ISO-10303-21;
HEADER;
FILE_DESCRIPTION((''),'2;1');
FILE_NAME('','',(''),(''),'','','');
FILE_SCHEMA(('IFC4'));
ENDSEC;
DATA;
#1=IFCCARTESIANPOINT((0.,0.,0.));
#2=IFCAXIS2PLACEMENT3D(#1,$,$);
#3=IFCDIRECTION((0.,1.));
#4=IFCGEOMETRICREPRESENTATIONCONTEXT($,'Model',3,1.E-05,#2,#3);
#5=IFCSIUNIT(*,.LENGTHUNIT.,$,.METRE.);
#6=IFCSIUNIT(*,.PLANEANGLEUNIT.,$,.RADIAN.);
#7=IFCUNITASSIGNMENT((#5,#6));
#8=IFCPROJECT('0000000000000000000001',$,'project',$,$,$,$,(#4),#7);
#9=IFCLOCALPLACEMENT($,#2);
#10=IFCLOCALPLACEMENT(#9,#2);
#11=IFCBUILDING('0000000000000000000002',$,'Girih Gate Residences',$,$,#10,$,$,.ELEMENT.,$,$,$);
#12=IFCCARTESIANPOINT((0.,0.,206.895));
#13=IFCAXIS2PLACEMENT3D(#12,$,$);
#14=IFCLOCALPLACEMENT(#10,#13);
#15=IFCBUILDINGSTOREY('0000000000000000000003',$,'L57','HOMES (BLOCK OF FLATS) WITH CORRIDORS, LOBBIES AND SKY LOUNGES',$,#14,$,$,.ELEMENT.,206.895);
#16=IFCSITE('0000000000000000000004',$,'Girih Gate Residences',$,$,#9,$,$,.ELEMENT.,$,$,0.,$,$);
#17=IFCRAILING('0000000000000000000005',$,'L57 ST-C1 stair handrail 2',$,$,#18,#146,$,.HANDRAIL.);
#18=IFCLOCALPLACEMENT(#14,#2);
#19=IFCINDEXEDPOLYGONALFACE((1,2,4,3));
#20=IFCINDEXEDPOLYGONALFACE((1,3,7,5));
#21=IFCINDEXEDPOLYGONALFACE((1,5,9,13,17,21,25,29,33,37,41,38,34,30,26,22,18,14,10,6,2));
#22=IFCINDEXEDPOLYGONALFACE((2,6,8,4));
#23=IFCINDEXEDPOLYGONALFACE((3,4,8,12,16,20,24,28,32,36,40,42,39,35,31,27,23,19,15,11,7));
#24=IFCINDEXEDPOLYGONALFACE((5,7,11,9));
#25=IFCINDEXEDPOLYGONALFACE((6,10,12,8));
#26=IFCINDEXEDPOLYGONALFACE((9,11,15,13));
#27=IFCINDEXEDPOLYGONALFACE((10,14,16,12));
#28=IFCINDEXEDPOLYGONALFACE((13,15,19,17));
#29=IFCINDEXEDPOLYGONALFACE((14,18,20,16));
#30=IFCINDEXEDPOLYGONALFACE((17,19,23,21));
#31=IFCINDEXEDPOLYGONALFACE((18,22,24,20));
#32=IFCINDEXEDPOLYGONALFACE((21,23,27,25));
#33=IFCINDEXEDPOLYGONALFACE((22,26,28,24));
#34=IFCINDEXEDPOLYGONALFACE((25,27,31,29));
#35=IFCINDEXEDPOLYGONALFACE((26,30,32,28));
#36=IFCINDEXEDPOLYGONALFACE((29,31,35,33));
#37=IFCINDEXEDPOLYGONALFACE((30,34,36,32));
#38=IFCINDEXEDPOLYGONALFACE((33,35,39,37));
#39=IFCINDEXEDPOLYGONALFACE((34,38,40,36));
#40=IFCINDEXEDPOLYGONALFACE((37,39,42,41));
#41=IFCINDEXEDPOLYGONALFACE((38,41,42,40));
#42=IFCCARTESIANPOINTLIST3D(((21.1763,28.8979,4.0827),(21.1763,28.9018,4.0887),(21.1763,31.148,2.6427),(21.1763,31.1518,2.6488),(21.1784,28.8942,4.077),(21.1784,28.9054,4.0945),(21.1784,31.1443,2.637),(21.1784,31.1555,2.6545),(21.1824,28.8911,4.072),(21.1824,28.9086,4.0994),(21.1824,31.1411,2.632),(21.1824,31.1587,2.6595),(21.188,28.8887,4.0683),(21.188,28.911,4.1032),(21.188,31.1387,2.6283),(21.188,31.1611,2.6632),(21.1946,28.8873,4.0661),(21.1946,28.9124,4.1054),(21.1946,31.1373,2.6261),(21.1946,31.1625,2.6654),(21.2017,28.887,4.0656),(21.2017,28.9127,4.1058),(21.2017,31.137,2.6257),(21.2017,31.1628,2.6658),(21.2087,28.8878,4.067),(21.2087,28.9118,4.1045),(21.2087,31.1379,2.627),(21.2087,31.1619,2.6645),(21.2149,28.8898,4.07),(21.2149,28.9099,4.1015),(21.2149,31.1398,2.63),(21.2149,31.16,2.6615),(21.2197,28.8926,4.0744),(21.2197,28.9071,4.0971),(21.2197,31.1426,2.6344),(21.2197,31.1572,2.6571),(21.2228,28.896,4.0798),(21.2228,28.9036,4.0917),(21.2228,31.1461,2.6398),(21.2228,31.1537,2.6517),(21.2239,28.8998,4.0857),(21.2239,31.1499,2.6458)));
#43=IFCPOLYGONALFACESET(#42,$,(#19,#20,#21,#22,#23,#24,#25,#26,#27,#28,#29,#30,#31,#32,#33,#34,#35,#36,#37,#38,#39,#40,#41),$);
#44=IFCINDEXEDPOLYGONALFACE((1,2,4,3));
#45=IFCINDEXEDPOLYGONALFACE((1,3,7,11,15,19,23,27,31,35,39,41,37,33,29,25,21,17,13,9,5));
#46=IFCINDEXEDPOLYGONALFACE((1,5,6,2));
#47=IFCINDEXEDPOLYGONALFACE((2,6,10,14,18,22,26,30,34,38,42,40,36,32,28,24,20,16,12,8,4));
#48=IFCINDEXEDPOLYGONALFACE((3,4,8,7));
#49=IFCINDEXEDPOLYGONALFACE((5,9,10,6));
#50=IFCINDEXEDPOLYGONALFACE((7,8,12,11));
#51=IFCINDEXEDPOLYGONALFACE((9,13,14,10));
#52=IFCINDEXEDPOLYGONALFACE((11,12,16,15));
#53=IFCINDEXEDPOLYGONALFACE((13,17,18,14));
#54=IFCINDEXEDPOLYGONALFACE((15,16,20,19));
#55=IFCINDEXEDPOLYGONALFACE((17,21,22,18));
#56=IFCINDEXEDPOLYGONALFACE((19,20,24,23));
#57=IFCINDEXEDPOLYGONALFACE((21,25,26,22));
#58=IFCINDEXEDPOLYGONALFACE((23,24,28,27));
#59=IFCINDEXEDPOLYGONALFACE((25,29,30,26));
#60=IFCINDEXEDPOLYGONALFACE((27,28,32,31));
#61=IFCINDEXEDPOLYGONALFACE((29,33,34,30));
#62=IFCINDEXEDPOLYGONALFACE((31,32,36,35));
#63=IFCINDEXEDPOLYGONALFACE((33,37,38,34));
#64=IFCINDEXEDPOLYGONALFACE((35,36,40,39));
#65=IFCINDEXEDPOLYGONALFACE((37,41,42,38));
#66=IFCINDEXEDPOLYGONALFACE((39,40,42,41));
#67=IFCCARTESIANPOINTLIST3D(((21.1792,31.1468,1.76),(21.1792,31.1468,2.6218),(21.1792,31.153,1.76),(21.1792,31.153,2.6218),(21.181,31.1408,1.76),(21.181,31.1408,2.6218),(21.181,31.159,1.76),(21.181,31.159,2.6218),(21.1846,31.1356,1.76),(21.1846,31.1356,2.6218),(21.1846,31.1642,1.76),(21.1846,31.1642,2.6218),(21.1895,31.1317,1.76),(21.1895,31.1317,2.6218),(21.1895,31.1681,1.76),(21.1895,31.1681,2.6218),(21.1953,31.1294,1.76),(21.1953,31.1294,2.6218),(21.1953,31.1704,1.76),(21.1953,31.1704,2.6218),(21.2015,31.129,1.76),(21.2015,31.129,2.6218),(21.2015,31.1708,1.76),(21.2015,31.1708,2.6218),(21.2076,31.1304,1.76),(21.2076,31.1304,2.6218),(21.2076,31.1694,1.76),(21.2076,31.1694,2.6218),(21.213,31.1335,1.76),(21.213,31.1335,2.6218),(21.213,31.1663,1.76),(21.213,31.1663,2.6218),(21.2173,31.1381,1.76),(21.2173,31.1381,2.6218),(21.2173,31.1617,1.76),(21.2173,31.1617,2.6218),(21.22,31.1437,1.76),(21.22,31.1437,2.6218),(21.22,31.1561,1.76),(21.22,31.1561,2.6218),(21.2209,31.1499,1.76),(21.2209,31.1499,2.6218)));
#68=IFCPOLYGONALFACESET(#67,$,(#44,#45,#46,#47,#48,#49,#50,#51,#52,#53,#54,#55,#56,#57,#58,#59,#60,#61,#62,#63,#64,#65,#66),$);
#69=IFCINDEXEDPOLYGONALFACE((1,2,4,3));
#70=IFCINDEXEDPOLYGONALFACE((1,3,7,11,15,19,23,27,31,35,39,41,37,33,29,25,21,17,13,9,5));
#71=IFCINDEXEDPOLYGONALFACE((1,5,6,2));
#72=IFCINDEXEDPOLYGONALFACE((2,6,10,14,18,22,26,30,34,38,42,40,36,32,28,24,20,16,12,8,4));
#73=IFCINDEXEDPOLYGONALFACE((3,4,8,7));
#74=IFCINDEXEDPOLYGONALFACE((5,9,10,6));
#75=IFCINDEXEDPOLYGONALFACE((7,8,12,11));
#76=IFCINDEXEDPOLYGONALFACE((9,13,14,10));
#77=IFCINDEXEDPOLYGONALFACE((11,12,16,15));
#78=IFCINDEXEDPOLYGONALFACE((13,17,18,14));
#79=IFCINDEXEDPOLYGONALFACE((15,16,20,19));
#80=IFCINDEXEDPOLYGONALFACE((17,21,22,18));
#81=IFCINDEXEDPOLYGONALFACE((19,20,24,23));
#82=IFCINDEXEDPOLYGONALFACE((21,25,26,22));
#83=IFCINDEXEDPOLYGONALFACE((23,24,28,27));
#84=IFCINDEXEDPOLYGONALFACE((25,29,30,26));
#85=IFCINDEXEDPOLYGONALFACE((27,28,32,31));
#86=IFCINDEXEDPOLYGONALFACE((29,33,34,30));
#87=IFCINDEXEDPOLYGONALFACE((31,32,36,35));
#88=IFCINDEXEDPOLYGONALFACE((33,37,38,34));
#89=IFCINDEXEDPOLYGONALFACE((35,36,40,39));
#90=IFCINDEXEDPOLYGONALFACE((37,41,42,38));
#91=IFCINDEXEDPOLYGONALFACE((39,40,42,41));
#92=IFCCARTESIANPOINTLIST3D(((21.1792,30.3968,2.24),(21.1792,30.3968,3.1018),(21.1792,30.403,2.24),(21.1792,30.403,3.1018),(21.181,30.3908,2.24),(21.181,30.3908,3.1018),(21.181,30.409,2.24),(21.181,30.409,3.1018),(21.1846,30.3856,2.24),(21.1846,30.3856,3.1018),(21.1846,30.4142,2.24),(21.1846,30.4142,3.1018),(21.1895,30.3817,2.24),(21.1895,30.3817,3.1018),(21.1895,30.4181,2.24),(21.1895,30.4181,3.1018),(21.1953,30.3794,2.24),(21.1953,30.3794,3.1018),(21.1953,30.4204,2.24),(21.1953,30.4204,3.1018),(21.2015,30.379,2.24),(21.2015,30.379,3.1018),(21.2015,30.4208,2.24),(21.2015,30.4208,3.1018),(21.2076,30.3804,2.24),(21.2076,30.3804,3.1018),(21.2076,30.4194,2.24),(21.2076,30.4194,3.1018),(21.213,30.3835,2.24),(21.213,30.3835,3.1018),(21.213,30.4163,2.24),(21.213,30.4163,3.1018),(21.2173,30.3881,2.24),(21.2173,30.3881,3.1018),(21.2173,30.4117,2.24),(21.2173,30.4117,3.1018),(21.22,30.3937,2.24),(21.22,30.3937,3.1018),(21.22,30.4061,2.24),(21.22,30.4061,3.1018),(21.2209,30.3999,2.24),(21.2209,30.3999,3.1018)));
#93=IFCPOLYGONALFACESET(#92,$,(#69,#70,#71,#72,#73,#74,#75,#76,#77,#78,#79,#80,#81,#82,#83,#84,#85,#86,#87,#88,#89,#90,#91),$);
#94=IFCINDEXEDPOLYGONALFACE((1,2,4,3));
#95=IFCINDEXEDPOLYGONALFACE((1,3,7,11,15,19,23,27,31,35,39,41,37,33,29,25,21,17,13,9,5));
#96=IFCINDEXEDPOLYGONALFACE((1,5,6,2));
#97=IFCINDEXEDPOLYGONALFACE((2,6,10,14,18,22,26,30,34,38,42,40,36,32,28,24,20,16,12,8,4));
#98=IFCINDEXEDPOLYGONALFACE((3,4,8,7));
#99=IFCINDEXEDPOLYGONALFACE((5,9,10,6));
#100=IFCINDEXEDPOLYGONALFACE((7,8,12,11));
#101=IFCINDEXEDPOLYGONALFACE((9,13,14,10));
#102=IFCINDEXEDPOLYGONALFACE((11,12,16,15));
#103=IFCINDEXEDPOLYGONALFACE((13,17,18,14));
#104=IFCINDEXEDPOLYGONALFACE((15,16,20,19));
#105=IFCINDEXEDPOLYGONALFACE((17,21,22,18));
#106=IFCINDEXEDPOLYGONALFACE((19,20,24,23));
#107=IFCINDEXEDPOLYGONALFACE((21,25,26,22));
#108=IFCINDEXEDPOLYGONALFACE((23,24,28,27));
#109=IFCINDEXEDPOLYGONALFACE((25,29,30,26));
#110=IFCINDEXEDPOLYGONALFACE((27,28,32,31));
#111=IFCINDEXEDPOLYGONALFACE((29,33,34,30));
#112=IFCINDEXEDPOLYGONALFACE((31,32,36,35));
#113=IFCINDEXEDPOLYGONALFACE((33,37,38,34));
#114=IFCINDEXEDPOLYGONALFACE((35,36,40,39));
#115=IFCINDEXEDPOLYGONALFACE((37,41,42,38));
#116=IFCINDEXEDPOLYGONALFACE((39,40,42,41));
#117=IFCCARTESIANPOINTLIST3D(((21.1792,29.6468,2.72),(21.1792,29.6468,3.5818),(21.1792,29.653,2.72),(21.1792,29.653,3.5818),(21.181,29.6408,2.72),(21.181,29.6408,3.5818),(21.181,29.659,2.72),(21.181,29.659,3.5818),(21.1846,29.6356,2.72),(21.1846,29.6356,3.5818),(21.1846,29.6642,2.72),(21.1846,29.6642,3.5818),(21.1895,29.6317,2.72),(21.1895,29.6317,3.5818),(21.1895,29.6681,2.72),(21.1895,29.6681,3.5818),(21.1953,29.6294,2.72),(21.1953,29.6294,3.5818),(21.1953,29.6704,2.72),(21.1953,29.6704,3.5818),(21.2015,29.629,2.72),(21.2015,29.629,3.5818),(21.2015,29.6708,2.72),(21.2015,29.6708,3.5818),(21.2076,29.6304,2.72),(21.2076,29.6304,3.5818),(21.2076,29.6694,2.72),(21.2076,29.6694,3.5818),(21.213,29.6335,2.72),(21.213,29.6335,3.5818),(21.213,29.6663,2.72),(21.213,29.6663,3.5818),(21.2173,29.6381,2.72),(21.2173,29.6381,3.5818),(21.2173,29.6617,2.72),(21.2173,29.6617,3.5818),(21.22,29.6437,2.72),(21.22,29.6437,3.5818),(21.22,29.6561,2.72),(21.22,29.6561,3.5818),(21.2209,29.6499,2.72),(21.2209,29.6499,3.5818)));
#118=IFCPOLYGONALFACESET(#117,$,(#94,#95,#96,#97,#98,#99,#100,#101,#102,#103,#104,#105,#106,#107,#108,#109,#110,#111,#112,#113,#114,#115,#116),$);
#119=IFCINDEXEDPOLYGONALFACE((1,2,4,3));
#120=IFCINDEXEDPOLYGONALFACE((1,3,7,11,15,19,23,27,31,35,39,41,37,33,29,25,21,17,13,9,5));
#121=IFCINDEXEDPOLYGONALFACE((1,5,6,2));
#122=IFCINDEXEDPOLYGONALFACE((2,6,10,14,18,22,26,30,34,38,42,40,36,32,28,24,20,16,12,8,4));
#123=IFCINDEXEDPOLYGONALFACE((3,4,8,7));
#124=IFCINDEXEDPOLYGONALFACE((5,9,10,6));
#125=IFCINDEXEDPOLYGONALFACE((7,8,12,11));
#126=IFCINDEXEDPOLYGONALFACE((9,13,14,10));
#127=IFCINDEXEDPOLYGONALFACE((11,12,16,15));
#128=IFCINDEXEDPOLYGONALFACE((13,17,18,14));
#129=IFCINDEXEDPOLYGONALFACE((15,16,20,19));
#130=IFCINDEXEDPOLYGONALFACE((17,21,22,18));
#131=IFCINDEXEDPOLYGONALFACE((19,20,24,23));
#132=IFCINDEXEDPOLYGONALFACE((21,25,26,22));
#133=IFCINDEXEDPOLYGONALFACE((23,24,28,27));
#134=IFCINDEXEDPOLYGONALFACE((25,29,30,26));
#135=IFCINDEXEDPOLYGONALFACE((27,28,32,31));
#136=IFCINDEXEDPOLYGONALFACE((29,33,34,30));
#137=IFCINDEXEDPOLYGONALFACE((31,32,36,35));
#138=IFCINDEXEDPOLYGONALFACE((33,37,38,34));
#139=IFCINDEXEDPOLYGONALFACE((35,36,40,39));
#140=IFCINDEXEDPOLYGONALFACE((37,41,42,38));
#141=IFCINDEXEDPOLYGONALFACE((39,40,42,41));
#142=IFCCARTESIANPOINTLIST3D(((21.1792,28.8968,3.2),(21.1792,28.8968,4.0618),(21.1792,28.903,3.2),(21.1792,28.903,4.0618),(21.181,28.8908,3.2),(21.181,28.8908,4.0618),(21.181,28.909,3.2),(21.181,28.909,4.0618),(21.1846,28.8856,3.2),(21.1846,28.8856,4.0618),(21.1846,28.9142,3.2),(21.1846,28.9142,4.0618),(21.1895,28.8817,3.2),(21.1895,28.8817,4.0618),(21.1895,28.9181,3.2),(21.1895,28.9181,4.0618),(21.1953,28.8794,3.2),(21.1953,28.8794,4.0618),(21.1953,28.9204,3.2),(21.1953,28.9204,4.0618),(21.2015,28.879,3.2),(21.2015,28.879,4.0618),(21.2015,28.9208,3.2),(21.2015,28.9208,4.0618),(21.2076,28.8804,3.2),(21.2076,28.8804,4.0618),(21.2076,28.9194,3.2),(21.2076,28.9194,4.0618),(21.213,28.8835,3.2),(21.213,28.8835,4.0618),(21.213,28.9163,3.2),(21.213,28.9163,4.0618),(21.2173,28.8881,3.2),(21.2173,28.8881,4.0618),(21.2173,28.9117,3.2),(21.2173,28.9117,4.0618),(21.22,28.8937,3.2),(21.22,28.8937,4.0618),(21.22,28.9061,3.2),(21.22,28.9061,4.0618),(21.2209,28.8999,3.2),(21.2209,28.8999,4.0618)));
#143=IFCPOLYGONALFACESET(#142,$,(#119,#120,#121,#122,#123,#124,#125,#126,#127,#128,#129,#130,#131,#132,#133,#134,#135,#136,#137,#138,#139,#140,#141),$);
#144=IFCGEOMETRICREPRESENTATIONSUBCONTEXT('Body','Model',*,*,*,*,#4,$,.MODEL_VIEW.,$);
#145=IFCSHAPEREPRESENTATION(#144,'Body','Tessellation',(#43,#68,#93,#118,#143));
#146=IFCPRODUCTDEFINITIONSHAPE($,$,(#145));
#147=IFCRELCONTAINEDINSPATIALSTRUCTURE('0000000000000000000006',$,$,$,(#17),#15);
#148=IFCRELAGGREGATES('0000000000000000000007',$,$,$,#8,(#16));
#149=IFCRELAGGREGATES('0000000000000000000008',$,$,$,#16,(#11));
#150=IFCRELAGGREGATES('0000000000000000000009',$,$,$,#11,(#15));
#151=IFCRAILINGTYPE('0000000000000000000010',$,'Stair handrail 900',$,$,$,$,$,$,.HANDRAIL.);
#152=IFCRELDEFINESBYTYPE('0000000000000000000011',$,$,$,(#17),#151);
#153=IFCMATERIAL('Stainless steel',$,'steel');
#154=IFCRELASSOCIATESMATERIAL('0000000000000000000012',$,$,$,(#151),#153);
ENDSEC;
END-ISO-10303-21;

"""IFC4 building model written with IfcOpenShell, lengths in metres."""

from ifc_helpers import new_model, si_unit, direction, frame, origin, origin_2d, place, context, subcontext, project, spatial, circle, extrude, material, type_object, element, save


model = new_model("IFC4")

# Units and contexts
model_context = context("Model", 3, precision=1e-05, world=origin(), true_north=direction((0.0, 1.0)))
body_context = subcontext(model_context, "Body", "Model", "MODEL_VIEW")
ifc_project = project(units=[si_unit("LENGTHUNIT", "METRE"), si_unit("PLANEANGLEUNIT", "RADIAN")], contexts=[model_context])

# Site, building, storey
site_placement = place(None, origin())
site = spatial("IfcSite", under=ifc_project, at=site_placement, Name="Girih Gate Residences", CompositionType="ELEMENT", RefElevation=0.0)
building_placement = place(site_placement, origin())
building = spatial("IfcBuilding", under=site, at=building_placement, Name="Girih Gate Residences", CompositionType="ELEMENT")
storey_placement = place(building_placement, frame((0.0, 0.0, 206.895)))
storey = spatial("IfcBuildingStorey", under=building, at=storey_placement, Name="L57", Description="HOMES (BLOCK OF FLATS) WITH CORRIDORS, LOBBIES AND SKY LOUNGES", CompositionType="ELEMENT", Elevation=206.895)

# Railing
ifc_material_1 = material(Name="Stainless steel", Category="steel")
railing_type_1 = type_object("IfcRailingType", Name="Stair handrail 900", PredefinedType="HANDRAIL", material=ifc_material_1)
railing_1_placement = place(storey_placement, frame((21.2, 31.1499, 1.76)))
element("IfcRailing", 1, at=railing_1_placement, inside=storey, type_object=railing_type_1, Name="L57 ST-C1 stair handrail 2", PredefinedType="HANDRAIL", context=body_context, shape_type="SweptSolid", body=[
    extrude(circle(Radius=0.0239, at=origin_2d()), frame((0.0, 0.0, 0.8857), z_axis=(0.0, -0.842281, 0.539038), x_axis=(1.0, 0.0, 0.0)), (0.0, 0.0, 1.0), 2.6714),
    extrude(circle(Radius=0.021, at=origin_2d()), origin(), (0.0, 0.0, 1.0), 0.8618),
    extrude(circle(Radius=0.021, at=origin_2d()), frame((0.0, -0.75, 0.48)), (0.0, 0.0, 1.0), 0.8618),
    extrude(circle(Radius=0.021, at=origin_2d()), frame((0.0, -1.5, 0.96)), (0.0, 0.0, 1.0), 0.8618),
    extrude(circle(Radius=0.021, at=origin_2d()), frame((0.0, -2.25, 1.4399)), (0.0, 0.0, 1.0), 0.8618),
])

save(model, "model.ifc")
